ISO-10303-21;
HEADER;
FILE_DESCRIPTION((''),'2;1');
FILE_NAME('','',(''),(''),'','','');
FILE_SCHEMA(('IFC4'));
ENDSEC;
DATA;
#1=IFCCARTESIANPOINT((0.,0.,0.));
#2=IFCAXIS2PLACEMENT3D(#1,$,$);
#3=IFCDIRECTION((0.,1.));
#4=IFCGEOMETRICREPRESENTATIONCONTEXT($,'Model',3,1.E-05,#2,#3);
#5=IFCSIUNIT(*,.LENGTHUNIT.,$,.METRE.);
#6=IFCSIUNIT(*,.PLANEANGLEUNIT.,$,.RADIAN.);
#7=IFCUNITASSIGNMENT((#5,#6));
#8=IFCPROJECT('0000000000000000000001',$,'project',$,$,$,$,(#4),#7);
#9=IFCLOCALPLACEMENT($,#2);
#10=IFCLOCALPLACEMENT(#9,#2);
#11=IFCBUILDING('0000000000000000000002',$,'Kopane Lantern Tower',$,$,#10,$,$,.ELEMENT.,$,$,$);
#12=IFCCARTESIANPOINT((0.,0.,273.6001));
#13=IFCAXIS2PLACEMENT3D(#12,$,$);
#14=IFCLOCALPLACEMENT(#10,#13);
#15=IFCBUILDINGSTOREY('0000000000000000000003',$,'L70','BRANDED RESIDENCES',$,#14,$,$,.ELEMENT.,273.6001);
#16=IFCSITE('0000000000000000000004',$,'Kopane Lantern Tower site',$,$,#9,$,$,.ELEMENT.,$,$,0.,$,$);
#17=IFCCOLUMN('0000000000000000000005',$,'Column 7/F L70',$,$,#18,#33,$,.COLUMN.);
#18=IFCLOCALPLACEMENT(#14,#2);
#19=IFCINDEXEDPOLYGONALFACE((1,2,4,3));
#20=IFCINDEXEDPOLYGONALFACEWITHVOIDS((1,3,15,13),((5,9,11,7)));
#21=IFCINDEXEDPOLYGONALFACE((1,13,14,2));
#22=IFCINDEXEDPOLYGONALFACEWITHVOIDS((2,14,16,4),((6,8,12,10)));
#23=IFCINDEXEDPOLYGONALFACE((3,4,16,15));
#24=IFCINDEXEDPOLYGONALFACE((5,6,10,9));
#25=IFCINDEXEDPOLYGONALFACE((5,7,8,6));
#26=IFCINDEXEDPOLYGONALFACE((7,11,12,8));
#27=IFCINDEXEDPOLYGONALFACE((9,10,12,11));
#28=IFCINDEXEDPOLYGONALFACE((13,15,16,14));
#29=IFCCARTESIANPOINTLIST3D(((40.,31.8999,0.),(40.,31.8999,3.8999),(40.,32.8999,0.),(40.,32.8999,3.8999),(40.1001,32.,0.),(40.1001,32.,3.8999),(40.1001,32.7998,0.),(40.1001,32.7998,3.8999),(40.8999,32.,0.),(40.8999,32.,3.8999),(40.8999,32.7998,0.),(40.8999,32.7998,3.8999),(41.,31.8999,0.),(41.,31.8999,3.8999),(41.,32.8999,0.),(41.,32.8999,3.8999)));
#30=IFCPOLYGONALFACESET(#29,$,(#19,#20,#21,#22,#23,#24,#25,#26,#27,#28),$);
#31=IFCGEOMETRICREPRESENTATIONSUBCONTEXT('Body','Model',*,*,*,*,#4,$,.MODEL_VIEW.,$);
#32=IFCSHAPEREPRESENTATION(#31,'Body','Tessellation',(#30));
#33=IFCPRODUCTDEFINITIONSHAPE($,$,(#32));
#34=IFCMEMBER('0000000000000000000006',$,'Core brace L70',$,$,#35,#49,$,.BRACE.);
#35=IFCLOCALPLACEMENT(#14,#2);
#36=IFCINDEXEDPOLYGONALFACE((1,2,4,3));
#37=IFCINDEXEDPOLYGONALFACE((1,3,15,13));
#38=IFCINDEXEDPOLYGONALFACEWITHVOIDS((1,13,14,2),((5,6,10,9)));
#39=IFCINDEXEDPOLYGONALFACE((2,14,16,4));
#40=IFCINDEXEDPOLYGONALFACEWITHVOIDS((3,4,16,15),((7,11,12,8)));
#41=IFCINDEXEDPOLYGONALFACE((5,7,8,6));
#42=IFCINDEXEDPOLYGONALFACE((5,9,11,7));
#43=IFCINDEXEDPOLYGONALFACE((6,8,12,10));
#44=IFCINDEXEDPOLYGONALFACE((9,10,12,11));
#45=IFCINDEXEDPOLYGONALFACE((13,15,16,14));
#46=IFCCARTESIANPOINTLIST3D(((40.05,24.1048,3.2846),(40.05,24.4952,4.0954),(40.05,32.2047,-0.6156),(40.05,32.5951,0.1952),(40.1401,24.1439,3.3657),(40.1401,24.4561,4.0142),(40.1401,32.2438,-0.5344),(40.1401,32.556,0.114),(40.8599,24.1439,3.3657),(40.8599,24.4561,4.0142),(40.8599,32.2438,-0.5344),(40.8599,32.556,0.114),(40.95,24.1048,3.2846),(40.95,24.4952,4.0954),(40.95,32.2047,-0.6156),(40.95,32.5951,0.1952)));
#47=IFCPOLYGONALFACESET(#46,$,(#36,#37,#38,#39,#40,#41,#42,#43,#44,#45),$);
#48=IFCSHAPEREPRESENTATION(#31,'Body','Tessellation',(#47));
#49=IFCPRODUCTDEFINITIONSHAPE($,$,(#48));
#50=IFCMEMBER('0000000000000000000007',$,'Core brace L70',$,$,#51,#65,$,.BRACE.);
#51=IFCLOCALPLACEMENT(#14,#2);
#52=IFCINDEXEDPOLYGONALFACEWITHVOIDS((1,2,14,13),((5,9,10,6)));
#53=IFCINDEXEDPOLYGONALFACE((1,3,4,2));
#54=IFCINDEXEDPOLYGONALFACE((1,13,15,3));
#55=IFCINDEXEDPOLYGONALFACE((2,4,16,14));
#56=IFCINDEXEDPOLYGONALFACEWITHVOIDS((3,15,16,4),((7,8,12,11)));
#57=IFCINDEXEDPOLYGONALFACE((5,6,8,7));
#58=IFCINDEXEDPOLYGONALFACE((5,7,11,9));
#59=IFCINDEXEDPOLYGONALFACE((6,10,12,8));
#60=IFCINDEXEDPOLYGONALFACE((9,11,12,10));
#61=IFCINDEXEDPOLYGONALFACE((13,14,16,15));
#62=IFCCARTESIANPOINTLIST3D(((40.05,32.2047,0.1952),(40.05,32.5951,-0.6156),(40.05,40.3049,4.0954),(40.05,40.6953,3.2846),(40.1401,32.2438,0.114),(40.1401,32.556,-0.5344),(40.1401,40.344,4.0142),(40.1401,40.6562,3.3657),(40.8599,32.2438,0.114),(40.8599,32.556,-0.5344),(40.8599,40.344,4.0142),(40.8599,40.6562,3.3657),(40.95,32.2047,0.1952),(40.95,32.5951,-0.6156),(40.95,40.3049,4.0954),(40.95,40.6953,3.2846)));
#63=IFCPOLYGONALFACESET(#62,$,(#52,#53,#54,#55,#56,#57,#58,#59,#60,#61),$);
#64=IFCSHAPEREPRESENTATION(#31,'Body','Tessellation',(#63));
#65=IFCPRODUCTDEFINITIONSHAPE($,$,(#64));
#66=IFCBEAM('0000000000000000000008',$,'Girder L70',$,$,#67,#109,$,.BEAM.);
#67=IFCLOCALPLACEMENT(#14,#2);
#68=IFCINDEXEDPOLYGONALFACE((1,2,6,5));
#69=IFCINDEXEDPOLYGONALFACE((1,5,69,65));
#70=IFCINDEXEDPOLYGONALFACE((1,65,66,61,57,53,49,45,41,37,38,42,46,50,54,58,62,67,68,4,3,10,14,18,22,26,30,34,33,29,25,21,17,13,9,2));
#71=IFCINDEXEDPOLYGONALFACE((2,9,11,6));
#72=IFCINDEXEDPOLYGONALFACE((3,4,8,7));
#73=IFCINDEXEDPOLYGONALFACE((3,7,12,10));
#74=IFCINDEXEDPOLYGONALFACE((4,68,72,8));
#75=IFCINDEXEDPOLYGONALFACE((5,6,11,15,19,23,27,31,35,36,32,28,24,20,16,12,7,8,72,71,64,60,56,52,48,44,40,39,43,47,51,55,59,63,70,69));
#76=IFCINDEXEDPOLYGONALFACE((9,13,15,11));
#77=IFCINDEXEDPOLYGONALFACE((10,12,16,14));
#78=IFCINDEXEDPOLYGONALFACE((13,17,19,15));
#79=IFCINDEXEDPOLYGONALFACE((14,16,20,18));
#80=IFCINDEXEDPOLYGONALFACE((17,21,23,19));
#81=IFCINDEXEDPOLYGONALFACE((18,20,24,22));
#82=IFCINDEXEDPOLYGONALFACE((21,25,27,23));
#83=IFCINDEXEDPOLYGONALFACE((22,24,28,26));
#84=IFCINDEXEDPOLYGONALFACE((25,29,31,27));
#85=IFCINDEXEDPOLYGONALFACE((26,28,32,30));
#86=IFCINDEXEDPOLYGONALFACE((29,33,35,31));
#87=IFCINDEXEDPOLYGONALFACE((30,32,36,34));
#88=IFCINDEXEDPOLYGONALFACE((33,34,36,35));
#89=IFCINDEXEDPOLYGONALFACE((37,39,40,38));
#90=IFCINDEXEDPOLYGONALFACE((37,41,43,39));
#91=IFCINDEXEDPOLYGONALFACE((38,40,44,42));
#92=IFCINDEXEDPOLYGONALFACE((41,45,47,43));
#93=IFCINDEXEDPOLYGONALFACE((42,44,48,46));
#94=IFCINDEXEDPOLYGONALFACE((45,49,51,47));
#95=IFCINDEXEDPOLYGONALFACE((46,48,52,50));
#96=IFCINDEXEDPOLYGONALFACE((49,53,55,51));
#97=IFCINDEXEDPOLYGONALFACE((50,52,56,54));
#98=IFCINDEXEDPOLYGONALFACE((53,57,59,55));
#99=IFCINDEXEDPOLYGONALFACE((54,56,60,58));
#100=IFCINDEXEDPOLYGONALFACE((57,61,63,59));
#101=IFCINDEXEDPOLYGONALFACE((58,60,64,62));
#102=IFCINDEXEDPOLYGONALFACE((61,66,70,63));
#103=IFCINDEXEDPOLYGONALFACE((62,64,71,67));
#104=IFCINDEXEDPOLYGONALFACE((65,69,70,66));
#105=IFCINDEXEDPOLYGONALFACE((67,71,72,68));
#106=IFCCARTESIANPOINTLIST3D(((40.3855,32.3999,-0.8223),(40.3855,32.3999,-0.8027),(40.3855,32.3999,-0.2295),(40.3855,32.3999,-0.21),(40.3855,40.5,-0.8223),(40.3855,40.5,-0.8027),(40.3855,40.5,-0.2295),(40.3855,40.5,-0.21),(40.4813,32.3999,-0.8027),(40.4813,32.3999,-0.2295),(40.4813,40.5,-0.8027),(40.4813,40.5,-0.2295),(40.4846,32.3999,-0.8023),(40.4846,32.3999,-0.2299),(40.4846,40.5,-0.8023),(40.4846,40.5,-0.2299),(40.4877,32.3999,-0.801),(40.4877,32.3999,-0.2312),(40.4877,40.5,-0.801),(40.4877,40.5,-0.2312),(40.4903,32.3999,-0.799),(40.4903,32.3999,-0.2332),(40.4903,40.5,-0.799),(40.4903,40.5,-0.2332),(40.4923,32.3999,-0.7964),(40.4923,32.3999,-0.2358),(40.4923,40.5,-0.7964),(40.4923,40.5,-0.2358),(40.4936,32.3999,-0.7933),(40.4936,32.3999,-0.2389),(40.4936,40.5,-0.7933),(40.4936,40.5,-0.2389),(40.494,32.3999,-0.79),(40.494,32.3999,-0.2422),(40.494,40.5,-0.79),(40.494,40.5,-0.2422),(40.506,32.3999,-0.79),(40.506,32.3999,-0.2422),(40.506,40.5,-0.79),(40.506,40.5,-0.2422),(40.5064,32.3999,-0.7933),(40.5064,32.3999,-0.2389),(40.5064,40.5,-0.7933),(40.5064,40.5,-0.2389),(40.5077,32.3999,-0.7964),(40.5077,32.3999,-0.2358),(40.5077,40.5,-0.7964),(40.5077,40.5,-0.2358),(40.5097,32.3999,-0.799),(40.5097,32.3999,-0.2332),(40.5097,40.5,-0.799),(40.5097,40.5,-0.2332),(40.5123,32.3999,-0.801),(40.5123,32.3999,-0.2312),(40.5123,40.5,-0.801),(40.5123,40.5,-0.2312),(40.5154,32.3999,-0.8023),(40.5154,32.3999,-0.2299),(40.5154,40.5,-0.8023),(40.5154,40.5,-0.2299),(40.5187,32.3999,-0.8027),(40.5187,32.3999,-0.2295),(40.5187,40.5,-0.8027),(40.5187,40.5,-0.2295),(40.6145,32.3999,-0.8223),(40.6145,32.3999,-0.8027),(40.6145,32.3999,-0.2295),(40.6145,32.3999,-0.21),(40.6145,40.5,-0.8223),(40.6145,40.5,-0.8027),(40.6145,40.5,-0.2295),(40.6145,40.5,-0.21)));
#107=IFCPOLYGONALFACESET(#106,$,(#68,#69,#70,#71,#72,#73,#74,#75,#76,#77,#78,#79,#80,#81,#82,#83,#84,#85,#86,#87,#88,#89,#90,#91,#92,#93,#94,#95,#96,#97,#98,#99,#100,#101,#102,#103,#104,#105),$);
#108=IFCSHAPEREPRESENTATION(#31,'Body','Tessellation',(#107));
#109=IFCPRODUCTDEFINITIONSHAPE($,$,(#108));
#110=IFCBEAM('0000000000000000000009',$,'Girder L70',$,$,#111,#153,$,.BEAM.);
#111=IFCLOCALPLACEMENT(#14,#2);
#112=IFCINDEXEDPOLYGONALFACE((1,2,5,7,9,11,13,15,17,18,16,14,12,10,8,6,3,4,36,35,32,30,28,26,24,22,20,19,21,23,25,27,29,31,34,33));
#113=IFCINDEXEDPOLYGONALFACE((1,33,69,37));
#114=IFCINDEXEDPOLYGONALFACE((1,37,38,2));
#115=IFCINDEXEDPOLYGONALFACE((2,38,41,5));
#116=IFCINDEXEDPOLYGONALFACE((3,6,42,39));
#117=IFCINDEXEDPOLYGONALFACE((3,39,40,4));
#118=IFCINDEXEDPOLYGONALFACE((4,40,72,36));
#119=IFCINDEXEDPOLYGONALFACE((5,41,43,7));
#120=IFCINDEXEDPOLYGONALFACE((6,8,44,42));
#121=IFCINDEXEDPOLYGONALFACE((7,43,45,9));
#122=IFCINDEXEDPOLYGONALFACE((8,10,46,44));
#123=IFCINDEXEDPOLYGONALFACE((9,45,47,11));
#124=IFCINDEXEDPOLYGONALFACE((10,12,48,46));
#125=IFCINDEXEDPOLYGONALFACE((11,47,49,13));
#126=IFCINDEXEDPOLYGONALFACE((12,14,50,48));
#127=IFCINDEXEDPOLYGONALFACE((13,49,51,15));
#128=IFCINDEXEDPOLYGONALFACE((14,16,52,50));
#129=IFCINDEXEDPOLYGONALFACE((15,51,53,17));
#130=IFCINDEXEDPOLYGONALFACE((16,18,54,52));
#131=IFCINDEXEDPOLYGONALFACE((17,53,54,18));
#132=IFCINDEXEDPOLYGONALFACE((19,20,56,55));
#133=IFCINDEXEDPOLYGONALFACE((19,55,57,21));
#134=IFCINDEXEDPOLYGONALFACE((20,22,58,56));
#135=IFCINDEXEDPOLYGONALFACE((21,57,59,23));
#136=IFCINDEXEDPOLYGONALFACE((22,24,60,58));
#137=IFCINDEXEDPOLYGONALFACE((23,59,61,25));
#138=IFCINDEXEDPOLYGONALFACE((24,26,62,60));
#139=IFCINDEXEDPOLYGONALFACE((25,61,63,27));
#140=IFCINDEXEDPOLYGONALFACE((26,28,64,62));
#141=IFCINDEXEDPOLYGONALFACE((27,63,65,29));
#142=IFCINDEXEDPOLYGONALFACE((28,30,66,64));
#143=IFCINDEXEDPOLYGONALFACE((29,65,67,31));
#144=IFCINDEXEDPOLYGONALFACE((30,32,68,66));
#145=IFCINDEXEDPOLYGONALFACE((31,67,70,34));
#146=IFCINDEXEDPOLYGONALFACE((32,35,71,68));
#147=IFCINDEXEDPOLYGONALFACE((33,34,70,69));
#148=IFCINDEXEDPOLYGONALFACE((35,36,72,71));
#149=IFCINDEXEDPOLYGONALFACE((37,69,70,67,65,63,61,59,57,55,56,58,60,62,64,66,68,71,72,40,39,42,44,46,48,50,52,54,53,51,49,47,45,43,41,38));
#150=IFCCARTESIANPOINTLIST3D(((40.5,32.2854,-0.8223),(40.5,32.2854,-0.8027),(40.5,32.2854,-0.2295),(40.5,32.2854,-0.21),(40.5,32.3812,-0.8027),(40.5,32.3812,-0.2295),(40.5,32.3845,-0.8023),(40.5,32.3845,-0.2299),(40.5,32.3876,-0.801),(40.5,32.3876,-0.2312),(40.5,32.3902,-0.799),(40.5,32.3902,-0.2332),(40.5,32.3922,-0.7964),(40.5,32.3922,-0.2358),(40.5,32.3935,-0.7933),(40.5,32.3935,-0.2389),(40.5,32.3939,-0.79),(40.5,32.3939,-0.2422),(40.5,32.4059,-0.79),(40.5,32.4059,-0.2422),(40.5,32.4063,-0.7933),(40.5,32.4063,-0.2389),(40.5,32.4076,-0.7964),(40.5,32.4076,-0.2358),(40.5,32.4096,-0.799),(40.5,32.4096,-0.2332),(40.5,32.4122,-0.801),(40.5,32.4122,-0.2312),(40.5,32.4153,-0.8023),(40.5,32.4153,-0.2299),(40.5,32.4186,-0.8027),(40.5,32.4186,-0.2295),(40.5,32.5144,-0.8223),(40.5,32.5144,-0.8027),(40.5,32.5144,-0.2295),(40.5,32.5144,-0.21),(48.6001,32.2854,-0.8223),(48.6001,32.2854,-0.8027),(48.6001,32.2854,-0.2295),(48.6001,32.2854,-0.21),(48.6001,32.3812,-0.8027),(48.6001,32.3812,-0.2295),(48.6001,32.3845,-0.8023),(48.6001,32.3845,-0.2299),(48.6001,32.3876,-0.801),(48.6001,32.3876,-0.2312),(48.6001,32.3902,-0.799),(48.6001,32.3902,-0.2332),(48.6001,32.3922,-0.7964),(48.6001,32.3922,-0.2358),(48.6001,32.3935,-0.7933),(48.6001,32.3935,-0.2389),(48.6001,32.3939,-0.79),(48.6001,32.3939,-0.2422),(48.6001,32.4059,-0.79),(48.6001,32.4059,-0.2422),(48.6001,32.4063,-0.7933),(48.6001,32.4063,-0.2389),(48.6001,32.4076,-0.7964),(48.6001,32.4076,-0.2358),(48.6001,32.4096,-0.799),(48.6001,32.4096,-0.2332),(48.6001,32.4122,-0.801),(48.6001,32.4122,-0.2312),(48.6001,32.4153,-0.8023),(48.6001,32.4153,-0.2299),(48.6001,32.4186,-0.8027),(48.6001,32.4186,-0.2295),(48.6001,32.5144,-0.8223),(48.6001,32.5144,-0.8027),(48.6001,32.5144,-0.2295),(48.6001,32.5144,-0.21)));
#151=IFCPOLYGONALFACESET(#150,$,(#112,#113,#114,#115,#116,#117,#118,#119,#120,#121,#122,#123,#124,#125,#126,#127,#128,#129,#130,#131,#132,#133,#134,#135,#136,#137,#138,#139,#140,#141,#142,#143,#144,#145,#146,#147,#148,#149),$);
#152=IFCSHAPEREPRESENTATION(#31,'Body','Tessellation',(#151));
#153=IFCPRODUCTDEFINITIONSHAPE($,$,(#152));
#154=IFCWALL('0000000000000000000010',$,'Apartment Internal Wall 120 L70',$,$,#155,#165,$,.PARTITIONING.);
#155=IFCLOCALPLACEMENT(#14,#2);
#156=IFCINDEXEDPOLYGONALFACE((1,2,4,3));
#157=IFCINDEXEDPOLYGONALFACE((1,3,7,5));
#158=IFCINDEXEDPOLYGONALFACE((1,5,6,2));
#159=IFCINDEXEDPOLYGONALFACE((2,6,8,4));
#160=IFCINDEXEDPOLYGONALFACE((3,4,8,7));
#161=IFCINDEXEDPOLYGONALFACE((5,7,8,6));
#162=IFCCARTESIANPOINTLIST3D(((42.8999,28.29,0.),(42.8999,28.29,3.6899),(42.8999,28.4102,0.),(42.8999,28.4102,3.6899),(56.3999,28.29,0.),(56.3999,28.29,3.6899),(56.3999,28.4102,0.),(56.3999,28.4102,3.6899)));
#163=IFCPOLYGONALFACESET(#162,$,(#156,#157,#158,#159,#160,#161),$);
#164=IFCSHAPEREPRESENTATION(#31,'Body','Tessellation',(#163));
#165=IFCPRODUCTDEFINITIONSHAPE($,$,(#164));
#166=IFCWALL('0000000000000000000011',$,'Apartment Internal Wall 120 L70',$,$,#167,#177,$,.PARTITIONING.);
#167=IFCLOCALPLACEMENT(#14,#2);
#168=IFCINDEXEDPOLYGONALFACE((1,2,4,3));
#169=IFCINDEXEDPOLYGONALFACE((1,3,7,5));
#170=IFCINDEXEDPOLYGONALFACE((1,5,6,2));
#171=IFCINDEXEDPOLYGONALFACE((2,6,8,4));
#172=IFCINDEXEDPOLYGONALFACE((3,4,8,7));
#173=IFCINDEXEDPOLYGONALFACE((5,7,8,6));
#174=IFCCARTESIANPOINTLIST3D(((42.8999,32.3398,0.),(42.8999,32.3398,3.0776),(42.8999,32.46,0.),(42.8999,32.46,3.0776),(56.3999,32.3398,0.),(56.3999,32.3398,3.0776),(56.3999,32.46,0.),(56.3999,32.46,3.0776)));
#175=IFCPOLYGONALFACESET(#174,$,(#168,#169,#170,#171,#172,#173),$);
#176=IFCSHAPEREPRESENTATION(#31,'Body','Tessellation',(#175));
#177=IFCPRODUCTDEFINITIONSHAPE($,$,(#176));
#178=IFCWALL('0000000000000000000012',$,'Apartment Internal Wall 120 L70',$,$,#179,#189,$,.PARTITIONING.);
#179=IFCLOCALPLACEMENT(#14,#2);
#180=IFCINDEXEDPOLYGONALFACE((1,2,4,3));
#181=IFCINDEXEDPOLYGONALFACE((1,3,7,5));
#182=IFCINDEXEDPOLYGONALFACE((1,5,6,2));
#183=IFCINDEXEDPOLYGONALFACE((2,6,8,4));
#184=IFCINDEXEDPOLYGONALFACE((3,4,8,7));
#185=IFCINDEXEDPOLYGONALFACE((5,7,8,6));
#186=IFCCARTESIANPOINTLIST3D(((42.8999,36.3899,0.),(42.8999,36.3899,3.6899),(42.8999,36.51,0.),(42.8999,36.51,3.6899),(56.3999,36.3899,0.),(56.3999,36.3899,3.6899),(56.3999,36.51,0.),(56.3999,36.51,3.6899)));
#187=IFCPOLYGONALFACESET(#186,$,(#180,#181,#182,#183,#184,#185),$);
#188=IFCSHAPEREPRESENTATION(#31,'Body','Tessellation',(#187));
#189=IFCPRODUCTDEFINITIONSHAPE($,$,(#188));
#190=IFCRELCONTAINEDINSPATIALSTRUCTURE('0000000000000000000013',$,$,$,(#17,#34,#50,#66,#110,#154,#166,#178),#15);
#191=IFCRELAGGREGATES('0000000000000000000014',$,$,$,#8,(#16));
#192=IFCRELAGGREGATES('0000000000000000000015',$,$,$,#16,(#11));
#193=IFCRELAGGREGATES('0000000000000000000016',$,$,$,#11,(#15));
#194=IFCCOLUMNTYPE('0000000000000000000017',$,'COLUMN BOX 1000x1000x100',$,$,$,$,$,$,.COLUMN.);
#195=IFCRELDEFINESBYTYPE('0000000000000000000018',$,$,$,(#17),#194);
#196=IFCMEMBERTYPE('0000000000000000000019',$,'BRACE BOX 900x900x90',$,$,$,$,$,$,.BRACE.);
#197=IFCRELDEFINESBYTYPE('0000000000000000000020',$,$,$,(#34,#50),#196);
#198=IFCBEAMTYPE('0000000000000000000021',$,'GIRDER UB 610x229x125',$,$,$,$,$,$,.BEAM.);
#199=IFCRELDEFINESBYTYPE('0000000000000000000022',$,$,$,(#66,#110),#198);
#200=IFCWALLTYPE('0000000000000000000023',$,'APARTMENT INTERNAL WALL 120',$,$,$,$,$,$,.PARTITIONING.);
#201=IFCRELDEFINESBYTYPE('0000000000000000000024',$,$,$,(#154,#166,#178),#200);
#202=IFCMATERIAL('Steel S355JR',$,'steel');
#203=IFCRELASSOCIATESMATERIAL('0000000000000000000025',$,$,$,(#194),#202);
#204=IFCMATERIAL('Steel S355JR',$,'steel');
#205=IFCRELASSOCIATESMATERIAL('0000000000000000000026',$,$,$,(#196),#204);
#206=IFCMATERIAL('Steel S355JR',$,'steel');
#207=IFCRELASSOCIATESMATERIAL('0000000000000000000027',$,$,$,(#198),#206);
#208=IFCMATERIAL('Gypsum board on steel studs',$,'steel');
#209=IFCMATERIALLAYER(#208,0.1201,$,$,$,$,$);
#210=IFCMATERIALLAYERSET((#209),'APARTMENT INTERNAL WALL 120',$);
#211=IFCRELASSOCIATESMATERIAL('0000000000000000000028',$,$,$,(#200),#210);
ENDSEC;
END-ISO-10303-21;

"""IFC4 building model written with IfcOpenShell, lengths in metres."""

from ifc_helpers import new_model, si_unit, direction, frame, frame_2d, origin, origin_2d, place, context, subcontext, project, spatial, rectangle, hollow_rectangle, i_section, extrude, material, layer, layer_set, material_profile, profile_set, type_object, element, save


model = new_model("IFC4")

# Units and contexts
model_context = context("Model", 3, precision=1e-05, world=origin(), true_north=direction((0.0, 1.0)))
body_context = subcontext(model_context, "Body", "Model", "MODEL_VIEW")
ifc_project = project(units=[si_unit("LENGTHUNIT", "METRE"), si_unit("PLANEANGLEUNIT", "RADIAN")], contexts=[model_context])

# Site, building, storey
site_placement = place(None, origin())
site = spatial("IfcSite", under=ifc_project, at=site_placement, Name="Kopane Lantern Tower site", CompositionType="ELEMENT", RefElevation=0.0)
building_placement = place(site_placement, origin())
building = spatial("IfcBuilding", under=site, at=building_placement, Name="Kopane Lantern Tower", CompositionType="ELEMENT")
storey_placement = place(building_placement, frame((0.0, 0.0, 273.6001)))
storey = spatial("IfcBuildingStorey", under=building, at=storey_placement, Name="L70", Description="BRANDED RESIDENCES", CompositionType="ELEMENT", Elevation=273.6001)

# Column
ifc_material_1 = material(Name="Steel S355JR", Category="steel")
ifc_material_profile_1 = material_profile(ifc_material_1, hollow_rectangle(XDim=1.0, YDim=1.0, WallThickness=0.1001, at=origin_2d()), Name="BOX 1000x1000x100")
ifc_profile_set_1 = profile_set([ifc_material_profile_1], Name="Steel S355JR")
column_type = type_object("IfcColumnType", Name="COLUMN BOX 1000x1000x100", PredefinedType="COLUMN", material=ifc_profile_set_1)
column_placement = place(storey_placement, frame((40.5, 32.3999, 0.0), z_axis=(0.0, 0.0, 1.0), x_axis=(1.0, 0.0, 0.0)))
element("IfcColumn", 1, at=column_placement, inside=storey, type_object=column_type, Name="Column 7/F L70", PredefinedType="COLUMN", context=body_context, shape_type="SweptSolid", body=[
    extrude(hollow_rectangle(XDim=1.0, YDim=1.0, WallThickness=0.1001, at=origin_2d()), origin(), (0.0, 0.0, 1.0), 3.8999),
])

# Members
ifc_material_2 = material(Name="Steel S355JR", Category="steel")
ifc_material_profile_2 = material_profile(ifc_material_2, hollow_rectangle(XDim=0.8999, YDim=0.8999, WallThickness=0.0901, at=origin_2d()), Name="BOX 900x900x90")
ifc_profile_set_2 = profile_set([ifc_material_profile_2], Name="Steel S355JR")
member_type = type_object("IfcMemberType", Name="BRACE BOX 900x900x90", PredefinedType="BRACE", material=ifc_profile_set_2)
member_1_placement = place(storey_placement, frame((40.5, 32.3999, -0.2102), z_axis=(0.0, -0.900992, 0.433835), x_axis=(1.0, 0.0, 0.0)))
element("IfcMember", 2, at=member_1_placement, inside=storey, type_object=member_type, Name="Core brace L70", PredefinedType="BRACE", context=body_context, shape_type="SweptSolid", body=[
    extrude(hollow_rectangle(XDim=0.8999, YDim=0.8999, WallThickness=0.0901, at=origin_2d()), origin(), (0.0, 0.0, 1.0), 8.99),
])
member_2_placement = place(storey_placement, frame((40.5, 32.3999, -0.2102), z_axis=(0.0, 0.900997, 0.433825), x_axis=(-1.0, 0.0, 0.0)))
element("IfcMember", 3, at=member_2_placement, inside=storey, type_object=member_type, Name="Core brace L70", PredefinedType="BRACE", context=body_context, shape_type="SweptSolid", body=[
    extrude(hollow_rectangle(XDim=0.8999, YDim=0.8999, WallThickness=0.0901, at=origin_2d()), origin(), (0.0, 0.0, 1.0), 8.9902),
])

# Beams
ifc_material_3 = material(Name="Steel S355JR", Category="steel")
ifc_material_profile_3 = material_profile(ifc_material_3, i_section(OverallWidth=0.229, OverallDepth=0.6123, WebThickness=0.012, FlangeThickness=0.0195, FilletRadius=0.0127, at=origin_2d()), Name="UB 610x229x125")
ifc_profile_set_3 = profile_set([ifc_material_profile_3], Name="Steel S355JR")
beam_type = type_object("IfcBeamType", Name="GIRDER UB 610x229x125", PredefinedType="BEAM", material=ifc_profile_set_3)
for number, where, z_axis, x_axis, name in (
    (4, (40.5, 32.3999, -0.5161), (0.0, 1.0, 0.0), (-1.0, 0.0, 0.0), "Girder L70"),
    (5, (40.5, 32.3999, -0.5161), (1.0, 0.0, 0.0), (0.0, 1.0, 0.0), "Girder L70"),
):
    element("IfcBeam", number, at=place(storey_placement, frame(where, z_axis=z_axis, x_axis=x_axis)), inside=storey, type_object=beam_type, Name=name, PredefinedType="BEAM", context=body_context, shape_type="SweptSolid", body=[
        extrude(i_section(OverallWidth=0.229, OverallDepth=0.6123, WebThickness=0.012, FlangeThickness=0.0195, FilletRadius=0.0127, at=origin_2d()), origin(), (0.0, 0.0, 1.0), 8.1001),
    ])

# Walls
ifc_material_4 = material(Name="Gypsum board on steel studs", Category="steel")
ifc_layer_1 = layer(ifc_material_4, 0.1201)
ifc_layer_set_1 = layer_set([ifc_layer_1], Name="APARTMENT INTERNAL WALL 120")
wall_type_1 = type_object("IfcWallType", Name="APARTMENT INTERNAL WALL 120", PredefinedType="PARTITIONING", material=ifc_layer_set_1)
wall_1_placement = place(storey_placement, frame((42.8999, 28.3501, 0.0), z_axis=(0.0, 0.0, 1.0), x_axis=(1.0, 0.0, 0.0)))
element("IfcWall", 6, at=wall_1_placement, inside=storey, type_object=wall_type_1, Name="Apartment Internal Wall 120 L70", PredefinedType="PARTITIONING", context=body_context, shape_type="SweptSolid", body=[
    extrude(rectangle(XDim=13.5, YDim=0.1201, at=frame_2d((6.75, 0.0))), origin(), (0.0, 0.0, 1.0), 3.6899),
])
wall_2_placement = place(storey_placement, frame((42.8999, 32.3999, 0.0), z_axis=(0.0, 0.0, 1.0), x_axis=(1.0, 0.0, 0.0)))
element("IfcWall", 7, at=wall_2_placement, inside=storey, type_object=wall_type_1, Name="Apartment Internal Wall 120 L70", PredefinedType="PARTITIONING", context=body_context, shape_type="SweptSolid", body=[
    extrude(rectangle(XDim=13.5, YDim=0.1201, at=frame_2d((6.75, 0.0))), origin(), (0.0, 0.0, 1.0), 3.0776),
])
wall_3_placement = place(storey_placement, frame((42.8999, 36.45, 0.0), z_axis=(0.0, 0.0, 1.0), x_axis=(1.0, 0.0, 0.0)))
element("IfcWall", 8, at=wall_3_placement, inside=storey, type_object=wall_type_1, Name="Apartment Internal Wall 120 L70", PredefinedType="PARTITIONING", context=body_context, shape_type="SweptSolid", body=[
    extrude(rectangle(XDim=13.5, YDim=0.1201, at=frame_2d((6.75, 0.0))), origin(), (0.0, 0.0, 1.0), 3.6899),
])

save(model, "model.ifc")
